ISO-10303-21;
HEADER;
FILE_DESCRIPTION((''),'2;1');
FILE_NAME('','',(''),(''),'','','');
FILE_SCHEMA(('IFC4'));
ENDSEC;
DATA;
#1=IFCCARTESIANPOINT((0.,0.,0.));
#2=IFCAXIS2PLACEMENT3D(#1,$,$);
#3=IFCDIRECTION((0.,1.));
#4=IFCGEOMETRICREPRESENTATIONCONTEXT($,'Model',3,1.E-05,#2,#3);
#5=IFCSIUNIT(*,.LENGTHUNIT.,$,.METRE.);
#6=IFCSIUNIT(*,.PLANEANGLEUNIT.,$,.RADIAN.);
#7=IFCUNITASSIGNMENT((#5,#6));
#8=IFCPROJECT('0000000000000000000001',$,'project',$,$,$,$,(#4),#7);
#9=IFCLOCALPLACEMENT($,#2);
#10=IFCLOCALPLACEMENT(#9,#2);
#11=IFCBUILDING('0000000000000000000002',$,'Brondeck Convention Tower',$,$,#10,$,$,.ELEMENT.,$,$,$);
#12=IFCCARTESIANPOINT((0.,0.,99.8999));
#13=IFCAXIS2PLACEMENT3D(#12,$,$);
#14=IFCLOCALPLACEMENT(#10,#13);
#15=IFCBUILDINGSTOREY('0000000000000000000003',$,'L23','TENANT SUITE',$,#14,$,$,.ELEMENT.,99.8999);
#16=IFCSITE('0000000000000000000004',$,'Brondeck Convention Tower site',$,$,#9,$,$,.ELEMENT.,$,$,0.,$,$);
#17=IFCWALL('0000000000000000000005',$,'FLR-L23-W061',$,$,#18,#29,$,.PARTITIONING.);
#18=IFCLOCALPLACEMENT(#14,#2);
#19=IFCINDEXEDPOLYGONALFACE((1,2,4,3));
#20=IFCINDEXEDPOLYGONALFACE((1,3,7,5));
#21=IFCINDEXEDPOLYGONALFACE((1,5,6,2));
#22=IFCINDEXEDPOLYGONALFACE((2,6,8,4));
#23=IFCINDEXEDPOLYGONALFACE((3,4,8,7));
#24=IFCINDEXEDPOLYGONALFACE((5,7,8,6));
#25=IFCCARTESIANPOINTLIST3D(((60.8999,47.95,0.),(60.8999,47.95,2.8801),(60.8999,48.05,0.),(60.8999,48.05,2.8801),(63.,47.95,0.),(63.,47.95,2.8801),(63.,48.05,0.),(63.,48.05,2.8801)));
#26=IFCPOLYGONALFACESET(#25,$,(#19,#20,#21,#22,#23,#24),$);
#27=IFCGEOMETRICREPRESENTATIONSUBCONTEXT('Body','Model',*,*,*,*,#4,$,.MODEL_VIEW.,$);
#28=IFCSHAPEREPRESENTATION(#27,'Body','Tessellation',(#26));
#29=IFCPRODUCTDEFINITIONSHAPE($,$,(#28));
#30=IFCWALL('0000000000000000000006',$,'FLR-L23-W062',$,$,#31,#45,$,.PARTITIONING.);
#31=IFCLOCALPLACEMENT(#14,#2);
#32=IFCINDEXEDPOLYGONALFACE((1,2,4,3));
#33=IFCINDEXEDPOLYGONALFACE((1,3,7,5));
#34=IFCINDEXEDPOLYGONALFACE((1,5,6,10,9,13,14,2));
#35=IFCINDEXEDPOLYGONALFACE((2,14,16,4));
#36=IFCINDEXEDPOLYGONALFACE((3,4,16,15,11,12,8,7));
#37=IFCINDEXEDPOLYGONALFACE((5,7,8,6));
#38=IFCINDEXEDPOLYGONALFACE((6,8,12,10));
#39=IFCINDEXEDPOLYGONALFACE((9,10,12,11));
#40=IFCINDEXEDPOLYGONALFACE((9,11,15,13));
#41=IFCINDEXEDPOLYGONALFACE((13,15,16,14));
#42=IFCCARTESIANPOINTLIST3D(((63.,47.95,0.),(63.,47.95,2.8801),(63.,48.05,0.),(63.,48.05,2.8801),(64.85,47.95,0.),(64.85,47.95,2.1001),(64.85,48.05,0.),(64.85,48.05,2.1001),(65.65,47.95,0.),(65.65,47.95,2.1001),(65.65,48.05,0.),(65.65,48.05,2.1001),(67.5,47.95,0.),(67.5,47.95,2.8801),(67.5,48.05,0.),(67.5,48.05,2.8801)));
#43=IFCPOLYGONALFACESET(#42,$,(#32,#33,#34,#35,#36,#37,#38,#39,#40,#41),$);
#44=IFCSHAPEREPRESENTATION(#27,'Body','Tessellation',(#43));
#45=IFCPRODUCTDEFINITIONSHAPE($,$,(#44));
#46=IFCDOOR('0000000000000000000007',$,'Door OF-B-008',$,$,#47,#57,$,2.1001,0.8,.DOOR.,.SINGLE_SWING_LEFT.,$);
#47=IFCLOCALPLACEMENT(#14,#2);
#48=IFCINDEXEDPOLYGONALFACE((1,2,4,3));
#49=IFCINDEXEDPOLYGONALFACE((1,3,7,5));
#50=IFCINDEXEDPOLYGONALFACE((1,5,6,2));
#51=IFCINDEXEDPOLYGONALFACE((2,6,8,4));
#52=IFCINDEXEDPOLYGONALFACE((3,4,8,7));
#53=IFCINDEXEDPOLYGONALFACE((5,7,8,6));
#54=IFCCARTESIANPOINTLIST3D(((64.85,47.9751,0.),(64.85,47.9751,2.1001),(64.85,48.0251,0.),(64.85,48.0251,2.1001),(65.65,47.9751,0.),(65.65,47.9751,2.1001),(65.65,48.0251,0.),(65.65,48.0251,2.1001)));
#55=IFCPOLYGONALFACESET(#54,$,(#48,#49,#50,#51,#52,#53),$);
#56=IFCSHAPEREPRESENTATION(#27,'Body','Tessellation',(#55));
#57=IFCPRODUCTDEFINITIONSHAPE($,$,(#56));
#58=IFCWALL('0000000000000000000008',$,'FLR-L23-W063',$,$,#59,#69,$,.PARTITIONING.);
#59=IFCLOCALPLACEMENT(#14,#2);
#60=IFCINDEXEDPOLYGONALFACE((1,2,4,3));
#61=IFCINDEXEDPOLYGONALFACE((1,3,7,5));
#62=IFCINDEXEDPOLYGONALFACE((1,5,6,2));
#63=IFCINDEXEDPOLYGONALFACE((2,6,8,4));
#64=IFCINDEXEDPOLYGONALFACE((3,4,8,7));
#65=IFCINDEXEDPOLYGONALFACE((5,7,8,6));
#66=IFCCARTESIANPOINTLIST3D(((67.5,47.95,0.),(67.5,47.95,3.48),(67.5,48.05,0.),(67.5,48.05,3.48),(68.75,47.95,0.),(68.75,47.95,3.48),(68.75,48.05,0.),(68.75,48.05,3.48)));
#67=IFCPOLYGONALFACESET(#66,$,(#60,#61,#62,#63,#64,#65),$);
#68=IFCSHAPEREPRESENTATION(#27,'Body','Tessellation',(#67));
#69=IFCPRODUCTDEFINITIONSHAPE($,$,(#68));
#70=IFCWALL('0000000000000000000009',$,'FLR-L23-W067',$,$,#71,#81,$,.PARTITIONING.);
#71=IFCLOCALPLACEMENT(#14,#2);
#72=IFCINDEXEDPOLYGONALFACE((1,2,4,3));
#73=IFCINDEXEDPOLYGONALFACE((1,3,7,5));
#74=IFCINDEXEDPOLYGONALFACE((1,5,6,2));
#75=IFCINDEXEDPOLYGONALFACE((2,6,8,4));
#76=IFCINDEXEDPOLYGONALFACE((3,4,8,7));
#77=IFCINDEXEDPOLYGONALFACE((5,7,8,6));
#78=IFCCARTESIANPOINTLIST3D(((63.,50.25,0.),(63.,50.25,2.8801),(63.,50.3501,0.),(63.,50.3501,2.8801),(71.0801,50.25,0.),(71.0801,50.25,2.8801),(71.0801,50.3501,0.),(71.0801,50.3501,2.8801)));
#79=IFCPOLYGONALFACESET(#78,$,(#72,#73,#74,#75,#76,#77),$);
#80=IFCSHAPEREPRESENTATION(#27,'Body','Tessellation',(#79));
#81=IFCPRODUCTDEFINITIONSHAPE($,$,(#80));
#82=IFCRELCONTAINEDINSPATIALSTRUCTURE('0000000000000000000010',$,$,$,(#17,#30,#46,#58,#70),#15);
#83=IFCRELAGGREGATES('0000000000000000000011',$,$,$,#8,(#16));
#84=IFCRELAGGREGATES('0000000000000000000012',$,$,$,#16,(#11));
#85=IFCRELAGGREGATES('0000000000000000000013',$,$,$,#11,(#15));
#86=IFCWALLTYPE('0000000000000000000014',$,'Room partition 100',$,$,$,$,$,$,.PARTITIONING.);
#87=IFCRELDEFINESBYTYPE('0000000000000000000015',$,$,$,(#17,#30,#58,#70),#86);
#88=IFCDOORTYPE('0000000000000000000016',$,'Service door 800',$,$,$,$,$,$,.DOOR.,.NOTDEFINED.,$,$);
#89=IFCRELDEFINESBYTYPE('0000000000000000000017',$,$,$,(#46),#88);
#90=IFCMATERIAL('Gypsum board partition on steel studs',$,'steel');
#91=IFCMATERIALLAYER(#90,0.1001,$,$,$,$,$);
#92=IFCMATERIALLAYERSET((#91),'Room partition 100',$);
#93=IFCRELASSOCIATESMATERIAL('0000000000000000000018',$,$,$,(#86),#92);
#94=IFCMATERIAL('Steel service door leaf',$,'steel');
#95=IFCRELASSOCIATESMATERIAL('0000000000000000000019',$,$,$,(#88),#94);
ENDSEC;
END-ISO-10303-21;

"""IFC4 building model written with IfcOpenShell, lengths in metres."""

from ifc_helpers import new_model, si_unit, direction, frame, frame_2d, origin, place, context, subcontext, project, spatial, rectangle, extrude, material, layer, layer_set, type_object, element, fill, save


model = new_model("IFC4")

# Units and contexts
model_context = context("Model", 3, precision=1e-05, world=origin(), true_north=direction((0.0, 1.0)))
body_context = subcontext(model_context, "Body", "Model", "MODEL_VIEW")
ifc_project = project(units=[si_unit("LENGTHUNIT", "METRE"), si_unit("PLANEANGLEUNIT", "RADIAN")], contexts=[model_context])

# Site, building, storey
site_placement = place(None, origin())
site = spatial("IfcSite", under=ifc_project, at=site_placement, Name="Brondeck Convention Tower site", CompositionType="ELEMENT", RefElevation=0.0)
building_placement = place(site_placement, origin())
building = spatial("IfcBuilding", under=site, at=building_placement, Name="Brondeck Convention Tower", CompositionType="ELEMENT")
storey_placement = place(building_placement, frame((0.0, 0.0, 99.8999)))
storey = spatial("IfcBuildingStorey", under=building, at=storey_placement, Name="L23", Description="TENANT SUITE", CompositionType="ELEMENT", Elevation=99.8999)

# Wall
ifc_material_1 = material(Name="Gypsum board partition on steel studs", Category="steel")
ifc_layer = layer(ifc_material_1, 0.1001)
ifc_layer_set = layer_set([ifc_layer], Name="Room partition 100")
wall_type = type_object("IfcWallType", Name="Room partition 100", PredefinedType="PARTITIONING", material=ifc_layer_set)
wall_1_placement = place(storey_placement, frame((63.0, 48.0, 0.0), z_axis=(0.0, 0.0, 1.0), x_axis=(-1.0, 0.0, 0.0)))
element("IfcWall", 1, at=wall_1_placement, inside=storey, type_object=wall_type, Name="FLR-L23-W061", PredefinedType="PARTITIONING", context=body_context, shape_type="SweptSolid", body=[
    extrude(rectangle(XDim=2.1001, YDim=0.1001, at=frame_2d((1.05, 0.0))), origin(), (0.0, 0.0, 1.0), 2.8801),
])

# Wall, opening, door
wall_2_placement = place(storey_placement, frame((67.5, 48.0, 0.0), z_axis=(0.0, 0.0, 1.0), x_axis=(-1.0, 0.0, 0.0)))
wall_2 = element("IfcWall", 2, at=wall_2_placement, inside=storey, type_object=wall_type, Name="FLR-L23-W062", PredefinedType="PARTITIONING", context=body_context, shape_type="SweptSolid", body=[
    extrude(rectangle(XDim=4.5, YDim=0.1001, at=frame_2d((2.25, 0.0))), origin(), (0.0, 0.0, 1.0), 2.8801),
])
opening_placement = place(wall_2_placement, frame((1.8501, 0.0, 0.0)))
opening = element("IfcOpeningElement", 3, at=opening_placement, cuts=wall_2, PredefinedType="OPENING", context=body_context, shape_type="SweptSolid", body=[
    extrude(rectangle(XDim=0.8, YDim=2.1001, at=frame_2d((0.3999, 1.05))), frame((0.0, 0.0601, 0.0), z_axis=(0.0, -1.0, 0.0), x_axis=(1.0, 0.0, 0.0)), (0.0, 0.0, 1.0), 0.1201),
])
ifc_material_2 = material(Name="Steel service door leaf", Category="steel")
door_type = type_object("IfcDoorType", Name="Service door 800", OperationType="NOTDEFINED", PredefinedType="DOOR", material=ifc_material_2)
door_placement = place(opening_placement, origin())
door = element("IfcDoor", 4, at=door_placement, inside=storey, type_object=door_type, Name="Door OF-B-008", OperationType="SINGLE_SWING_LEFT", OverallHeight=2.1001, OverallWidth=0.8, PredefinedType="DOOR", context=body_context, shape_type="SweptSolid", body=[
    extrude(rectangle(XDim=0.8, YDim=2.1001, at=frame_2d((0.3999, 1.05))), frame((0.0, 0.0249, 0.0), z_axis=(0.0, -1.0, 0.0), x_axis=(1.0, 0.0, 0.0)), (0.0, 0.0, 1.0), 0.05),
])
fill(opening, door)

# Walls
wall_3_placement = place(storey_placement, frame((68.75, 48.0, 0.0), z_axis=(0.0, 0.0, 1.0), x_axis=(-1.0, 0.0, 0.0)))
element("IfcWall", 5, at=wall_3_placement, inside=storey, type_object=wall_type, Name="FLR-L23-W063", PredefinedType="PARTITIONING", context=body_context, shape_type="SweptSolid", body=[
    extrude(rectangle(XDim=1.25, YDim=0.1001, at=frame_2d((0.625, 0.0))), origin(), (0.0, 0.0, 1.0), 3.48),
])
wall_4_placement = place(storey_placement, frame((63.0, 50.3, 0.0), z_axis=(0.0, 0.0, 1.0), x_axis=(1.0, 0.0, 0.0)))
element("IfcWall", 6, at=wall_4_placement, inside=storey, type_object=wall_type, Name="FLR-L23-W067", PredefinedType="PARTITIONING", context=body_context, shape_type="SweptSolid", body=[
    extrude(rectangle(XDim=8.0801, YDim=0.1001, at=frame_2d((4.04, 0.0))), origin(), (0.0, 0.0, 1.0), 2.8801),
])

save(model, "model.ifc")
